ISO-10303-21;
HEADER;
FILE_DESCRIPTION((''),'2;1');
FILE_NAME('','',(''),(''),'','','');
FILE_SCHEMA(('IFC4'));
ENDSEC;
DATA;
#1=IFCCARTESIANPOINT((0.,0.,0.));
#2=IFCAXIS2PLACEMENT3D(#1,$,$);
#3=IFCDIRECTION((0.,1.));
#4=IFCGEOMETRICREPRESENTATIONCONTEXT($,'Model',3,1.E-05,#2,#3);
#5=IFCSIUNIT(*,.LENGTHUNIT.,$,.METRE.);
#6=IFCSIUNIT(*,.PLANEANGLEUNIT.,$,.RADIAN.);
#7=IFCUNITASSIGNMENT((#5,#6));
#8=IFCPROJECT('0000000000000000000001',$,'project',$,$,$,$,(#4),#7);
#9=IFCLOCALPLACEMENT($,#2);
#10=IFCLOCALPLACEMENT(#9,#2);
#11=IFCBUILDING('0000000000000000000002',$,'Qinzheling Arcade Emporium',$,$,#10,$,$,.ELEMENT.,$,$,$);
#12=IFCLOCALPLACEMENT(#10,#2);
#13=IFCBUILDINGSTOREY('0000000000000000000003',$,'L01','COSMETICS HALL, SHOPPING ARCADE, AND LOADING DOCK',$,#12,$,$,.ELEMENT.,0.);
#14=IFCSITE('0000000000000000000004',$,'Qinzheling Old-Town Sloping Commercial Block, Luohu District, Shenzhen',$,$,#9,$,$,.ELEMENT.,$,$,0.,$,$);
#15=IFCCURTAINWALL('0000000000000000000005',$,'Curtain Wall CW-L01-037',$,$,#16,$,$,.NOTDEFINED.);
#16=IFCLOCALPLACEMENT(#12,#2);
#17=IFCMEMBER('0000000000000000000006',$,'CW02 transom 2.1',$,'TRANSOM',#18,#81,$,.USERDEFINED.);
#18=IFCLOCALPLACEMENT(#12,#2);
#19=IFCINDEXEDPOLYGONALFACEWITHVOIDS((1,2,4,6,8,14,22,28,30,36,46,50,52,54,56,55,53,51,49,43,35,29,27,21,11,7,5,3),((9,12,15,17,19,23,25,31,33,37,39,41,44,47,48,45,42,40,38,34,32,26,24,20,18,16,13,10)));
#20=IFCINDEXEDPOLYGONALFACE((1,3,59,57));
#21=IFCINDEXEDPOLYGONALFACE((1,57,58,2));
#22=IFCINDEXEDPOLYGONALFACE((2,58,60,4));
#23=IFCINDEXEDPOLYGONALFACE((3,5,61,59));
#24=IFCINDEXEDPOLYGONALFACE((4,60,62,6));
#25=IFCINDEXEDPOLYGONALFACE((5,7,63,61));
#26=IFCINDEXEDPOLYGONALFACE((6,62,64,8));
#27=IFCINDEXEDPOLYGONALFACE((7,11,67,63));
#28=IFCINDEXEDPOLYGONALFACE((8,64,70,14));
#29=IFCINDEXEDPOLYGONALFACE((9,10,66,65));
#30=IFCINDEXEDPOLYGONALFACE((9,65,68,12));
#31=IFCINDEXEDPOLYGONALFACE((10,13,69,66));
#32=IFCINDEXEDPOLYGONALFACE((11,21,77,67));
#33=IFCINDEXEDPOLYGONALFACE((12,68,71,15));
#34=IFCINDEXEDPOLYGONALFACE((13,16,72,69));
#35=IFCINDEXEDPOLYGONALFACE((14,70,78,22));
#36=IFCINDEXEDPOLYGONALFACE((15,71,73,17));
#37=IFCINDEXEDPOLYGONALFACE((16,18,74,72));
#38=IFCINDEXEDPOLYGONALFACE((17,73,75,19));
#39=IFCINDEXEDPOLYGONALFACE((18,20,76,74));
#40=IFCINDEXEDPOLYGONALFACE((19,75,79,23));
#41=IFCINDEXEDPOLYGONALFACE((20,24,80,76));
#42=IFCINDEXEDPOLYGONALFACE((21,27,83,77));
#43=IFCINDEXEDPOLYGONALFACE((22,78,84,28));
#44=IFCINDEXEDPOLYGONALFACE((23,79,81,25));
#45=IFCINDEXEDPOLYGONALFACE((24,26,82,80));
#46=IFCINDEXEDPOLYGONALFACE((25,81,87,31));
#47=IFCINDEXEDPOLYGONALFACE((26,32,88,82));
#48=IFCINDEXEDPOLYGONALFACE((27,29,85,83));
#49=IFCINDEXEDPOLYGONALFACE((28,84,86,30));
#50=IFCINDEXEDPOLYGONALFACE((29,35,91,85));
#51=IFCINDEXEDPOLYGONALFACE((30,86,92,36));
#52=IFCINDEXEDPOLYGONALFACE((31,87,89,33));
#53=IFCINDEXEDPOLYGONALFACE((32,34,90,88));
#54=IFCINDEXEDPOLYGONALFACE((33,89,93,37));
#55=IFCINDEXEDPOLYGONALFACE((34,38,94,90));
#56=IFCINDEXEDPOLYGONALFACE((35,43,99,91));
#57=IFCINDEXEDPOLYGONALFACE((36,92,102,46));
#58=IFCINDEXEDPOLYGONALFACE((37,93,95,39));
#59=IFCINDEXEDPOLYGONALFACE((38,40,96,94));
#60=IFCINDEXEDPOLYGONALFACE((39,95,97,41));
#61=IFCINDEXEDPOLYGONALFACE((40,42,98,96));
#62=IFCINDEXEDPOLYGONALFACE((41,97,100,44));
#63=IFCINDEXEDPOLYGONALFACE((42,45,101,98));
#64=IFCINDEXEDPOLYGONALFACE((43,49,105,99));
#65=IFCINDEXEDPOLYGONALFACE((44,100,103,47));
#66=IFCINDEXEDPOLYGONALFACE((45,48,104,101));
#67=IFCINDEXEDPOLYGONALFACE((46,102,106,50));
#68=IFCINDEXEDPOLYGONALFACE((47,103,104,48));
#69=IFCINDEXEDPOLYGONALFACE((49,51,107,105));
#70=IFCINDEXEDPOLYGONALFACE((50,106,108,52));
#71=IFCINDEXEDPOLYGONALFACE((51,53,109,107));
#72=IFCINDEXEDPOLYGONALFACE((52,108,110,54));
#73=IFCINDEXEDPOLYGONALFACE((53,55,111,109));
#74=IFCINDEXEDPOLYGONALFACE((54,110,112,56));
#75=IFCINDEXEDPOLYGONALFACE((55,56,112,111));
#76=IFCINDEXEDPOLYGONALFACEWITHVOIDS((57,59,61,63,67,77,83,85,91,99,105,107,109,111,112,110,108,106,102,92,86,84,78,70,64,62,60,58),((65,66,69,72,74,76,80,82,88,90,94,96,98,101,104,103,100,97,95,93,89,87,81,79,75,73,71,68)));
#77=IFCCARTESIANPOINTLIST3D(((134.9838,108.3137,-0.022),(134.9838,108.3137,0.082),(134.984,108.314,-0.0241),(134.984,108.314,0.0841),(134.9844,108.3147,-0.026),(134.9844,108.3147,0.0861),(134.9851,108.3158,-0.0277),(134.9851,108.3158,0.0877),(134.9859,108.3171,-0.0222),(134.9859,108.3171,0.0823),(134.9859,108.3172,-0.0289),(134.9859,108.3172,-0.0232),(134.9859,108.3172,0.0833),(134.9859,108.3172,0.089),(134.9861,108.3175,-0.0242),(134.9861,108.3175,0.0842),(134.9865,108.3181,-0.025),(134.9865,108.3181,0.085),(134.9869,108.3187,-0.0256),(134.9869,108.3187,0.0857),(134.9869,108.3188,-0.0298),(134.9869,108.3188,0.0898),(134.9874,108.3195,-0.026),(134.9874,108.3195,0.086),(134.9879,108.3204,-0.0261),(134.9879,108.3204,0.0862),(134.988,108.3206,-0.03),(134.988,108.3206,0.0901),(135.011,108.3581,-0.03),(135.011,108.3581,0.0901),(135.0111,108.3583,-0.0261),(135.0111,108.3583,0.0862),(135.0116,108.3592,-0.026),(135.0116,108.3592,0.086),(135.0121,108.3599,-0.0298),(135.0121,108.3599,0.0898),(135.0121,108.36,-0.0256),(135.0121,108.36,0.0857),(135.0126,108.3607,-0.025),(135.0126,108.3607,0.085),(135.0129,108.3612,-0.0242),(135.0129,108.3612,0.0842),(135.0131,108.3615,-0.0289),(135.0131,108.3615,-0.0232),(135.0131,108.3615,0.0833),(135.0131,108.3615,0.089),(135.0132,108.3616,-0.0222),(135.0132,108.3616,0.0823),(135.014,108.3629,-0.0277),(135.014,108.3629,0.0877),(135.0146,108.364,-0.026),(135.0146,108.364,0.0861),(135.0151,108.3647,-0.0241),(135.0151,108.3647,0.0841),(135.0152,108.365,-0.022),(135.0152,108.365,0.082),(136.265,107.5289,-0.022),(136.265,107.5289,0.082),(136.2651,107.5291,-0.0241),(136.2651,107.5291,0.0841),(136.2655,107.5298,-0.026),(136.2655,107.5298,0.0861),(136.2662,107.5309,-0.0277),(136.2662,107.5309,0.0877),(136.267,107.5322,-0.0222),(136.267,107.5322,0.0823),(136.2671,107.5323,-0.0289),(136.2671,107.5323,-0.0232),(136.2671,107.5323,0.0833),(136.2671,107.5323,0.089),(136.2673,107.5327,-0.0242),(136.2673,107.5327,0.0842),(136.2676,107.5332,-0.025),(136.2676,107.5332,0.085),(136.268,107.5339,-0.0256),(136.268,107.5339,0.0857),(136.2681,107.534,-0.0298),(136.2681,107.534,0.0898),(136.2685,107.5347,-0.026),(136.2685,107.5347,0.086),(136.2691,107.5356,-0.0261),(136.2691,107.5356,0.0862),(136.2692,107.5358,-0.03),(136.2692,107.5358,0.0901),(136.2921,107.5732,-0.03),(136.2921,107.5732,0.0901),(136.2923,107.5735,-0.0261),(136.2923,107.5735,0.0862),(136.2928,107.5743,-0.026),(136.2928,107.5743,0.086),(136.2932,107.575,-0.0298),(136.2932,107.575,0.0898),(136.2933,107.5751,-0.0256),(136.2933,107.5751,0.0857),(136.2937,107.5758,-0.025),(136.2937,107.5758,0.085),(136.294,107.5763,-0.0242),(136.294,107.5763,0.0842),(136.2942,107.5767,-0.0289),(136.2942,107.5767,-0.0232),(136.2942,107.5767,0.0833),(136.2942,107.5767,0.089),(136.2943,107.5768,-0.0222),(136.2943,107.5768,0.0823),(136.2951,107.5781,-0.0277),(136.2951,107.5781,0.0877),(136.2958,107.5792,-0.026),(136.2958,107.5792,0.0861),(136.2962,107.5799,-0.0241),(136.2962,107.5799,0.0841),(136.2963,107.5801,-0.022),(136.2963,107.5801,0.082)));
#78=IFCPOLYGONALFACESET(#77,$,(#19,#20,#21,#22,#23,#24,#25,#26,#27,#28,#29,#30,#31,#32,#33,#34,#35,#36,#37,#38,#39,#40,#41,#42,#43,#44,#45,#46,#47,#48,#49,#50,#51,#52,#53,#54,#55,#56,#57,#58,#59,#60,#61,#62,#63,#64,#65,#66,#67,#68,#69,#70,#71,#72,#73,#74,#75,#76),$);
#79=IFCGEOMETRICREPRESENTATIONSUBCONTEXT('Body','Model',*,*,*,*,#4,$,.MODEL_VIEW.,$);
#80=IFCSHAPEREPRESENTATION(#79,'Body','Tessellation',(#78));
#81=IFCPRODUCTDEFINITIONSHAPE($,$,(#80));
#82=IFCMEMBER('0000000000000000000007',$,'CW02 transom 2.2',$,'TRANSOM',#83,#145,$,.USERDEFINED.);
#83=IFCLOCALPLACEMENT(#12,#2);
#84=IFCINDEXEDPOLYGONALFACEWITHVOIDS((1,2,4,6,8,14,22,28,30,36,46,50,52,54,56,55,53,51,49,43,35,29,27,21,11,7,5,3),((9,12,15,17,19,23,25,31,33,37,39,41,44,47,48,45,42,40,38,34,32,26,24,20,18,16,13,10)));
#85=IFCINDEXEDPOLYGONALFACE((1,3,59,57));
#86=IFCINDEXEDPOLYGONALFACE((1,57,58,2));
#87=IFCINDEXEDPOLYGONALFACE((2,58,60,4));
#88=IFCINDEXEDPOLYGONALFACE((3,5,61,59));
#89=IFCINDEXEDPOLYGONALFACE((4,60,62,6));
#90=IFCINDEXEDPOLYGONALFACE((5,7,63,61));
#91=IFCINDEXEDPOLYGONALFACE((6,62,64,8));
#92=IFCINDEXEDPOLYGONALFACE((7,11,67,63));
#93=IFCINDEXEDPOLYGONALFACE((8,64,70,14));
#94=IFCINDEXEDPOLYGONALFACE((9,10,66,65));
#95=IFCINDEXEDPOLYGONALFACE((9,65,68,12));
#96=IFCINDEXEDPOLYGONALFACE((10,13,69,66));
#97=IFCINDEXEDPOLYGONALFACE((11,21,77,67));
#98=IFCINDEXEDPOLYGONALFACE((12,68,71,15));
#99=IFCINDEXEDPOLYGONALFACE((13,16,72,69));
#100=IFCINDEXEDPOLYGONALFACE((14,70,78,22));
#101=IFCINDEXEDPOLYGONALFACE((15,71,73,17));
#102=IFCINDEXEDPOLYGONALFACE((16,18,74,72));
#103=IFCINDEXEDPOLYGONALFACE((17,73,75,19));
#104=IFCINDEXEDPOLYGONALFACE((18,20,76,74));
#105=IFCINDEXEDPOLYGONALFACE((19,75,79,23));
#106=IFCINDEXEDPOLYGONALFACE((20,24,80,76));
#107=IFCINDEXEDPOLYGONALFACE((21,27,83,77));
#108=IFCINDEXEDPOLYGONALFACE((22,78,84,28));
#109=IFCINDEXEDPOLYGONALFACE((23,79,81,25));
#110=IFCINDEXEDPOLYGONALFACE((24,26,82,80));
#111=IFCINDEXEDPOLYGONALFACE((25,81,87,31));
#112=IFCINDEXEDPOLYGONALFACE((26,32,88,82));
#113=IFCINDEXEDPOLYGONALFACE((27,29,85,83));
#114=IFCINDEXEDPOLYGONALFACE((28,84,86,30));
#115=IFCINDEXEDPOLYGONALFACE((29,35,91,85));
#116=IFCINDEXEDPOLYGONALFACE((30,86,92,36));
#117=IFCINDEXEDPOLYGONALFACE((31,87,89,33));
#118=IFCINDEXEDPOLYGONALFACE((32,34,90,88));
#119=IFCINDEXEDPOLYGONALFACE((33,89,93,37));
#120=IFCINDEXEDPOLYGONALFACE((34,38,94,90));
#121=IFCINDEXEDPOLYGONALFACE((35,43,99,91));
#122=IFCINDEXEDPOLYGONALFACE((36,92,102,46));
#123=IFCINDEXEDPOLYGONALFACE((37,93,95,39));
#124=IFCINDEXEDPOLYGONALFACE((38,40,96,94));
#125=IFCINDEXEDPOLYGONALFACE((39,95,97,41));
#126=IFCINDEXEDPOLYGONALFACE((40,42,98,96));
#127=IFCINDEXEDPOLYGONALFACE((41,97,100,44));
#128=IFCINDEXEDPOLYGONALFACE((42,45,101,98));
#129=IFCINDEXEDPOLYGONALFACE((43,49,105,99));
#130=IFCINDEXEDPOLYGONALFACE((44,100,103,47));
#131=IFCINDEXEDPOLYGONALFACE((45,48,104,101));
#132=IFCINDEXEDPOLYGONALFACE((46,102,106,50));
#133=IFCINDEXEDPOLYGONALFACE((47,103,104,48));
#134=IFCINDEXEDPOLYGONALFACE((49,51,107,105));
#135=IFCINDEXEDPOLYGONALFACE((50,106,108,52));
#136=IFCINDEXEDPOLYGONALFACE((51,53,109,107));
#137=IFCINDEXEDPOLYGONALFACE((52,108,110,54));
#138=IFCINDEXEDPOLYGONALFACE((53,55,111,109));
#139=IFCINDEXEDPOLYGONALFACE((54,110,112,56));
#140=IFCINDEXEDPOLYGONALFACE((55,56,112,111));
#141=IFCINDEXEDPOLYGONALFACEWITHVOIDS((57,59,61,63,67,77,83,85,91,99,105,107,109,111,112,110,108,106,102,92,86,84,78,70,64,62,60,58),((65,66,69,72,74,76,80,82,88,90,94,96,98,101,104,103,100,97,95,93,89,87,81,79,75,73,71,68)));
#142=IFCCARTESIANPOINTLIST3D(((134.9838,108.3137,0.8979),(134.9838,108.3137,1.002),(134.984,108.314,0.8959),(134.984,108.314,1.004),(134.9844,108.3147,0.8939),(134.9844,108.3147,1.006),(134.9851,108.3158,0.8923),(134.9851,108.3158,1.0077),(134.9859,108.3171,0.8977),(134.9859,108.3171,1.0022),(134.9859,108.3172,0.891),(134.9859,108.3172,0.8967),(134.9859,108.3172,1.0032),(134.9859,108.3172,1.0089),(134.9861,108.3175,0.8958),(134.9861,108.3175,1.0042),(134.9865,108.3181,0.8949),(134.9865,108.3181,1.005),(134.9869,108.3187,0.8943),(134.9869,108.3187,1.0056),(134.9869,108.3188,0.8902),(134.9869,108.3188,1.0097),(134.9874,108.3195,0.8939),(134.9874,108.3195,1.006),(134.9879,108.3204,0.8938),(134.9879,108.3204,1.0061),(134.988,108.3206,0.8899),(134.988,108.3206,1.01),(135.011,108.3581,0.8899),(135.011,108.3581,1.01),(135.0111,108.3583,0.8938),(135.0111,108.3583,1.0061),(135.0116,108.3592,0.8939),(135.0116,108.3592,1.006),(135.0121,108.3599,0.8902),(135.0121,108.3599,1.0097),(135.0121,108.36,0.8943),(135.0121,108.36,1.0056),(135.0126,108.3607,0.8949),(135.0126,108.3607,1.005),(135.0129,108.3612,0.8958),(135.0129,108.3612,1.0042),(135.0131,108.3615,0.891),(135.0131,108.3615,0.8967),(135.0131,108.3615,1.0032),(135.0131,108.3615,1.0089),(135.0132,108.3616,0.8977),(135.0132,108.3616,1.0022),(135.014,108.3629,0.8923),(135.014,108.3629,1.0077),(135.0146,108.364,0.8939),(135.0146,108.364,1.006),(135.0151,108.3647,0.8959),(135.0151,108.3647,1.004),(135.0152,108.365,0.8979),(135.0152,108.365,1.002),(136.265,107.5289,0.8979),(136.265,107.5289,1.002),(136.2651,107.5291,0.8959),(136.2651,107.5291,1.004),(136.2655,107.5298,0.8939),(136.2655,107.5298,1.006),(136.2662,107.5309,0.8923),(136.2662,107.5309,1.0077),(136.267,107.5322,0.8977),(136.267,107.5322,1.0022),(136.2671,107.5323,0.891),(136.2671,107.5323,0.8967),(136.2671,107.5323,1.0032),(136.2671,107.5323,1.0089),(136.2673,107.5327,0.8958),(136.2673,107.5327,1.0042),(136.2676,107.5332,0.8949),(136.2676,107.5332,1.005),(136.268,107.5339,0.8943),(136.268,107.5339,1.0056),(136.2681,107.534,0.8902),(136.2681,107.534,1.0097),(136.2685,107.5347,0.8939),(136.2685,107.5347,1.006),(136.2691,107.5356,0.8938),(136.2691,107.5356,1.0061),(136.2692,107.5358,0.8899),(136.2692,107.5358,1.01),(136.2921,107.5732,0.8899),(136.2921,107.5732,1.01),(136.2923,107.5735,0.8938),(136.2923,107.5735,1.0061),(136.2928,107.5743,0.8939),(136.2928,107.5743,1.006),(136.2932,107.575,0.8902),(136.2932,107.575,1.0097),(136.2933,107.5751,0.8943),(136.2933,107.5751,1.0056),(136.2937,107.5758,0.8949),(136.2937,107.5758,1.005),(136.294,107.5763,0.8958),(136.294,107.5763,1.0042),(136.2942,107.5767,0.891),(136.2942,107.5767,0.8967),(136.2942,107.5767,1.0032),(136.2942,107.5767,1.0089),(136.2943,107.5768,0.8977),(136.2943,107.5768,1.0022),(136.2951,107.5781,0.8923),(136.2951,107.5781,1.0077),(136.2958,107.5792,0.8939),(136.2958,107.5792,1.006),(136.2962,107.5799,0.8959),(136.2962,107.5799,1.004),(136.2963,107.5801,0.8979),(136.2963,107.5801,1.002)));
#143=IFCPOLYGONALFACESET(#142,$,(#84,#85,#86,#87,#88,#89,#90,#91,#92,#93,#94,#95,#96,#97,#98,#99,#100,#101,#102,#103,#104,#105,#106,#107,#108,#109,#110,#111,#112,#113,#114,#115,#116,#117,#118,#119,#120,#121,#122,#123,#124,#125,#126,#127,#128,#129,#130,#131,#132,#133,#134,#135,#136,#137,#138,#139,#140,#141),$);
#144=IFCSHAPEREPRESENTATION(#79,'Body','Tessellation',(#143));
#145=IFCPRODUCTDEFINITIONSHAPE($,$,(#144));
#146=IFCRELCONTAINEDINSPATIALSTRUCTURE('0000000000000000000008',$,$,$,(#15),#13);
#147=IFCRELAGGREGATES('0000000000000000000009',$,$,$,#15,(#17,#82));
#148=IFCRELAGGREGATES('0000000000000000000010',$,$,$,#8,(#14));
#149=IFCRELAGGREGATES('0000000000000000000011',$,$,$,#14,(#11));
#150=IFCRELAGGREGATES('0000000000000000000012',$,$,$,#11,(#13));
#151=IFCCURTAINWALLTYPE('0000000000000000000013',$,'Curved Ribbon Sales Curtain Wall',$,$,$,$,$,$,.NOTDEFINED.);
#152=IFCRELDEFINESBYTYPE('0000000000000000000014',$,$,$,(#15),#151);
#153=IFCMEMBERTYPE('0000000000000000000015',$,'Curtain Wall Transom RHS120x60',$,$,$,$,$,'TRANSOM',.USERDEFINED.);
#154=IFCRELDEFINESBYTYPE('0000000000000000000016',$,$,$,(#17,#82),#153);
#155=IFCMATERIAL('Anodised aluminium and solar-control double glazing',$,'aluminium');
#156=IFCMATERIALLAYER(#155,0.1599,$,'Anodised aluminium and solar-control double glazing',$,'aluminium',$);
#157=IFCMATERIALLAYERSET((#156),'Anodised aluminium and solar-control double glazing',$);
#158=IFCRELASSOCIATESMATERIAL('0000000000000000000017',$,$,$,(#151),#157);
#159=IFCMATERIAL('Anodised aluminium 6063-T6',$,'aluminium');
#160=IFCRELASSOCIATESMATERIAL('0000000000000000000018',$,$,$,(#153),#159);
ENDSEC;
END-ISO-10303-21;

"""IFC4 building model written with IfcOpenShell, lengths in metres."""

from ifc_helpers import new_model, si_unit, direction, frame, origin, origin_2d, place, context, subcontext, project, spatial, hollow_rectangle, extrude, material, layer, layer_set, material_profile, profile_set, type_object, element, aggregate, save


model = new_model("IFC4")

# Units and contexts
model_context = context("Model", 3, precision=1e-05, world=origin(), true_north=direction((0.0, 1.0)))
body_context = subcontext(model_context, "Body", "Model", "MODEL_VIEW")
ifc_project = project(units=[si_unit("LENGTHUNIT", "METRE"), si_unit("PLANEANGLEUNIT", "RADIAN")], contexts=[model_context])

# Site, building, storey
site_placement = place(None, origin())
site = spatial("IfcSite", under=ifc_project, at=site_placement, Name="Qinzheling Old-Town Sloping Commercial Block, Luohu District, Shenzhen", CompositionType="ELEMENT", RefElevation=0.0)
building_placement = place(site_placement, origin())
building = spatial("IfcBuilding", under=site, at=building_placement, Name="Qinzheling Arcade Emporium", CompositionType="ELEMENT")
storey_placement = place(building_placement, origin())
storey = spatial("IfcBuildingStorey", under=building, at=storey_placement, Name="L01", Description="COSMETICS HALL, SHOPPING ARCADE, AND LOADING DOCK", CompositionType="ELEMENT", Elevation=0.0)

# Curtain wall
ifc_material_1 = material(Name="Anodised aluminium and solar-control double glazing", Category="aluminium")
ifc_layer_1 = layer(ifc_material_1, 0.1599, Name="Anodised aluminium and solar-control double glazing", Category="aluminium")
ifc_layer_set_1 = layer_set([ifc_layer_1], Name="Anodised aluminium and solar-control double glazing")
curtain_wall_type = type_object("IfcCurtainWallType", Name="Curved Ribbon Sales Curtain Wall", PredefinedType="NOTDEFINED", material=ifc_layer_set_1)
curtain_wall_1_placement = place(storey_placement, origin())
curtain_wall_1 = element("IfcCurtainWall", 1, at=curtain_wall_1_placement, inside=storey, type_object=curtain_wall_type, Name="Curtain Wall CW-L01-037", PredefinedType="NOTDEFINED")
ifc_material_2 = material(Name="Anodised aluminium 6063-T6", Category="aluminium")

# Members
ifc_material_profile_1 = material_profile(ifc_material_2, hollow_rectangle(XDim=0.0601, YDim=0.1201, WallThickness=0.0039, InnerFilletRadius=0.0039, OuterFilletRadius=0.0081, at=origin_2d()), Name="RHS 120x60x4", Category="aluminium")
ifc_profile_set_1 = profile_set([ifc_material_profile_1], Name="Anodised aluminium 6063-T6")
member_type_1 = type_object("IfcMemberType", Name="Curtain Wall Transom RHS120x60", ElementType="TRANSOM", PredefinedType="USERDEFINED", material=ifc_profile_set_1)
member_1_placement = place(storey_placement, frame((134.9995, 108.3394, 0.03), z_axis=(0.852711, -0.522383, 0.0), x_axis=(0.522383, 0.852711, 0.0)))
member_1 = element("IfcMember", 2, at=member_1_placement, type_object=member_type_1, Name="CW02 transom 2.1", ObjectType="TRANSOM", PredefinedType="USERDEFINED", context=body_context, shape_type="SweptSolid", body=[
    extrude(hollow_rectangle(XDim=0.0601, YDim=0.1201, WallThickness=0.0039, InnerFilletRadius=0.0039, OuterFilletRadius=0.0081, at=origin_2d()), origin(), (0.0, 0.0, 1.0), 1.5024),
])
member_2_placement = place(storey_placement, frame((134.9995, 108.3394, 0.95), z_axis=(0.852711, -0.522383, 0.0), x_axis=(0.522383, 0.852711, 0.0)))
member_2 = element("IfcMember", 3, at=member_2_placement, type_object=member_type_1, Name="CW02 transom 2.2", ObjectType="TRANSOM", PredefinedType="USERDEFINED", context=body_context, shape_type="SweptSolid", body=[
    extrude(hollow_rectangle(XDim=0.0601, YDim=0.1201, WallThickness=0.0039, InnerFilletRadius=0.0039, OuterFilletRadius=0.0081, at=origin_2d()), origin(), (0.0, 0.0, 1.0), 1.5024),
])

aggregate(curtain_wall_1, [member_1, member_2])

save(model, "model.ifc")
